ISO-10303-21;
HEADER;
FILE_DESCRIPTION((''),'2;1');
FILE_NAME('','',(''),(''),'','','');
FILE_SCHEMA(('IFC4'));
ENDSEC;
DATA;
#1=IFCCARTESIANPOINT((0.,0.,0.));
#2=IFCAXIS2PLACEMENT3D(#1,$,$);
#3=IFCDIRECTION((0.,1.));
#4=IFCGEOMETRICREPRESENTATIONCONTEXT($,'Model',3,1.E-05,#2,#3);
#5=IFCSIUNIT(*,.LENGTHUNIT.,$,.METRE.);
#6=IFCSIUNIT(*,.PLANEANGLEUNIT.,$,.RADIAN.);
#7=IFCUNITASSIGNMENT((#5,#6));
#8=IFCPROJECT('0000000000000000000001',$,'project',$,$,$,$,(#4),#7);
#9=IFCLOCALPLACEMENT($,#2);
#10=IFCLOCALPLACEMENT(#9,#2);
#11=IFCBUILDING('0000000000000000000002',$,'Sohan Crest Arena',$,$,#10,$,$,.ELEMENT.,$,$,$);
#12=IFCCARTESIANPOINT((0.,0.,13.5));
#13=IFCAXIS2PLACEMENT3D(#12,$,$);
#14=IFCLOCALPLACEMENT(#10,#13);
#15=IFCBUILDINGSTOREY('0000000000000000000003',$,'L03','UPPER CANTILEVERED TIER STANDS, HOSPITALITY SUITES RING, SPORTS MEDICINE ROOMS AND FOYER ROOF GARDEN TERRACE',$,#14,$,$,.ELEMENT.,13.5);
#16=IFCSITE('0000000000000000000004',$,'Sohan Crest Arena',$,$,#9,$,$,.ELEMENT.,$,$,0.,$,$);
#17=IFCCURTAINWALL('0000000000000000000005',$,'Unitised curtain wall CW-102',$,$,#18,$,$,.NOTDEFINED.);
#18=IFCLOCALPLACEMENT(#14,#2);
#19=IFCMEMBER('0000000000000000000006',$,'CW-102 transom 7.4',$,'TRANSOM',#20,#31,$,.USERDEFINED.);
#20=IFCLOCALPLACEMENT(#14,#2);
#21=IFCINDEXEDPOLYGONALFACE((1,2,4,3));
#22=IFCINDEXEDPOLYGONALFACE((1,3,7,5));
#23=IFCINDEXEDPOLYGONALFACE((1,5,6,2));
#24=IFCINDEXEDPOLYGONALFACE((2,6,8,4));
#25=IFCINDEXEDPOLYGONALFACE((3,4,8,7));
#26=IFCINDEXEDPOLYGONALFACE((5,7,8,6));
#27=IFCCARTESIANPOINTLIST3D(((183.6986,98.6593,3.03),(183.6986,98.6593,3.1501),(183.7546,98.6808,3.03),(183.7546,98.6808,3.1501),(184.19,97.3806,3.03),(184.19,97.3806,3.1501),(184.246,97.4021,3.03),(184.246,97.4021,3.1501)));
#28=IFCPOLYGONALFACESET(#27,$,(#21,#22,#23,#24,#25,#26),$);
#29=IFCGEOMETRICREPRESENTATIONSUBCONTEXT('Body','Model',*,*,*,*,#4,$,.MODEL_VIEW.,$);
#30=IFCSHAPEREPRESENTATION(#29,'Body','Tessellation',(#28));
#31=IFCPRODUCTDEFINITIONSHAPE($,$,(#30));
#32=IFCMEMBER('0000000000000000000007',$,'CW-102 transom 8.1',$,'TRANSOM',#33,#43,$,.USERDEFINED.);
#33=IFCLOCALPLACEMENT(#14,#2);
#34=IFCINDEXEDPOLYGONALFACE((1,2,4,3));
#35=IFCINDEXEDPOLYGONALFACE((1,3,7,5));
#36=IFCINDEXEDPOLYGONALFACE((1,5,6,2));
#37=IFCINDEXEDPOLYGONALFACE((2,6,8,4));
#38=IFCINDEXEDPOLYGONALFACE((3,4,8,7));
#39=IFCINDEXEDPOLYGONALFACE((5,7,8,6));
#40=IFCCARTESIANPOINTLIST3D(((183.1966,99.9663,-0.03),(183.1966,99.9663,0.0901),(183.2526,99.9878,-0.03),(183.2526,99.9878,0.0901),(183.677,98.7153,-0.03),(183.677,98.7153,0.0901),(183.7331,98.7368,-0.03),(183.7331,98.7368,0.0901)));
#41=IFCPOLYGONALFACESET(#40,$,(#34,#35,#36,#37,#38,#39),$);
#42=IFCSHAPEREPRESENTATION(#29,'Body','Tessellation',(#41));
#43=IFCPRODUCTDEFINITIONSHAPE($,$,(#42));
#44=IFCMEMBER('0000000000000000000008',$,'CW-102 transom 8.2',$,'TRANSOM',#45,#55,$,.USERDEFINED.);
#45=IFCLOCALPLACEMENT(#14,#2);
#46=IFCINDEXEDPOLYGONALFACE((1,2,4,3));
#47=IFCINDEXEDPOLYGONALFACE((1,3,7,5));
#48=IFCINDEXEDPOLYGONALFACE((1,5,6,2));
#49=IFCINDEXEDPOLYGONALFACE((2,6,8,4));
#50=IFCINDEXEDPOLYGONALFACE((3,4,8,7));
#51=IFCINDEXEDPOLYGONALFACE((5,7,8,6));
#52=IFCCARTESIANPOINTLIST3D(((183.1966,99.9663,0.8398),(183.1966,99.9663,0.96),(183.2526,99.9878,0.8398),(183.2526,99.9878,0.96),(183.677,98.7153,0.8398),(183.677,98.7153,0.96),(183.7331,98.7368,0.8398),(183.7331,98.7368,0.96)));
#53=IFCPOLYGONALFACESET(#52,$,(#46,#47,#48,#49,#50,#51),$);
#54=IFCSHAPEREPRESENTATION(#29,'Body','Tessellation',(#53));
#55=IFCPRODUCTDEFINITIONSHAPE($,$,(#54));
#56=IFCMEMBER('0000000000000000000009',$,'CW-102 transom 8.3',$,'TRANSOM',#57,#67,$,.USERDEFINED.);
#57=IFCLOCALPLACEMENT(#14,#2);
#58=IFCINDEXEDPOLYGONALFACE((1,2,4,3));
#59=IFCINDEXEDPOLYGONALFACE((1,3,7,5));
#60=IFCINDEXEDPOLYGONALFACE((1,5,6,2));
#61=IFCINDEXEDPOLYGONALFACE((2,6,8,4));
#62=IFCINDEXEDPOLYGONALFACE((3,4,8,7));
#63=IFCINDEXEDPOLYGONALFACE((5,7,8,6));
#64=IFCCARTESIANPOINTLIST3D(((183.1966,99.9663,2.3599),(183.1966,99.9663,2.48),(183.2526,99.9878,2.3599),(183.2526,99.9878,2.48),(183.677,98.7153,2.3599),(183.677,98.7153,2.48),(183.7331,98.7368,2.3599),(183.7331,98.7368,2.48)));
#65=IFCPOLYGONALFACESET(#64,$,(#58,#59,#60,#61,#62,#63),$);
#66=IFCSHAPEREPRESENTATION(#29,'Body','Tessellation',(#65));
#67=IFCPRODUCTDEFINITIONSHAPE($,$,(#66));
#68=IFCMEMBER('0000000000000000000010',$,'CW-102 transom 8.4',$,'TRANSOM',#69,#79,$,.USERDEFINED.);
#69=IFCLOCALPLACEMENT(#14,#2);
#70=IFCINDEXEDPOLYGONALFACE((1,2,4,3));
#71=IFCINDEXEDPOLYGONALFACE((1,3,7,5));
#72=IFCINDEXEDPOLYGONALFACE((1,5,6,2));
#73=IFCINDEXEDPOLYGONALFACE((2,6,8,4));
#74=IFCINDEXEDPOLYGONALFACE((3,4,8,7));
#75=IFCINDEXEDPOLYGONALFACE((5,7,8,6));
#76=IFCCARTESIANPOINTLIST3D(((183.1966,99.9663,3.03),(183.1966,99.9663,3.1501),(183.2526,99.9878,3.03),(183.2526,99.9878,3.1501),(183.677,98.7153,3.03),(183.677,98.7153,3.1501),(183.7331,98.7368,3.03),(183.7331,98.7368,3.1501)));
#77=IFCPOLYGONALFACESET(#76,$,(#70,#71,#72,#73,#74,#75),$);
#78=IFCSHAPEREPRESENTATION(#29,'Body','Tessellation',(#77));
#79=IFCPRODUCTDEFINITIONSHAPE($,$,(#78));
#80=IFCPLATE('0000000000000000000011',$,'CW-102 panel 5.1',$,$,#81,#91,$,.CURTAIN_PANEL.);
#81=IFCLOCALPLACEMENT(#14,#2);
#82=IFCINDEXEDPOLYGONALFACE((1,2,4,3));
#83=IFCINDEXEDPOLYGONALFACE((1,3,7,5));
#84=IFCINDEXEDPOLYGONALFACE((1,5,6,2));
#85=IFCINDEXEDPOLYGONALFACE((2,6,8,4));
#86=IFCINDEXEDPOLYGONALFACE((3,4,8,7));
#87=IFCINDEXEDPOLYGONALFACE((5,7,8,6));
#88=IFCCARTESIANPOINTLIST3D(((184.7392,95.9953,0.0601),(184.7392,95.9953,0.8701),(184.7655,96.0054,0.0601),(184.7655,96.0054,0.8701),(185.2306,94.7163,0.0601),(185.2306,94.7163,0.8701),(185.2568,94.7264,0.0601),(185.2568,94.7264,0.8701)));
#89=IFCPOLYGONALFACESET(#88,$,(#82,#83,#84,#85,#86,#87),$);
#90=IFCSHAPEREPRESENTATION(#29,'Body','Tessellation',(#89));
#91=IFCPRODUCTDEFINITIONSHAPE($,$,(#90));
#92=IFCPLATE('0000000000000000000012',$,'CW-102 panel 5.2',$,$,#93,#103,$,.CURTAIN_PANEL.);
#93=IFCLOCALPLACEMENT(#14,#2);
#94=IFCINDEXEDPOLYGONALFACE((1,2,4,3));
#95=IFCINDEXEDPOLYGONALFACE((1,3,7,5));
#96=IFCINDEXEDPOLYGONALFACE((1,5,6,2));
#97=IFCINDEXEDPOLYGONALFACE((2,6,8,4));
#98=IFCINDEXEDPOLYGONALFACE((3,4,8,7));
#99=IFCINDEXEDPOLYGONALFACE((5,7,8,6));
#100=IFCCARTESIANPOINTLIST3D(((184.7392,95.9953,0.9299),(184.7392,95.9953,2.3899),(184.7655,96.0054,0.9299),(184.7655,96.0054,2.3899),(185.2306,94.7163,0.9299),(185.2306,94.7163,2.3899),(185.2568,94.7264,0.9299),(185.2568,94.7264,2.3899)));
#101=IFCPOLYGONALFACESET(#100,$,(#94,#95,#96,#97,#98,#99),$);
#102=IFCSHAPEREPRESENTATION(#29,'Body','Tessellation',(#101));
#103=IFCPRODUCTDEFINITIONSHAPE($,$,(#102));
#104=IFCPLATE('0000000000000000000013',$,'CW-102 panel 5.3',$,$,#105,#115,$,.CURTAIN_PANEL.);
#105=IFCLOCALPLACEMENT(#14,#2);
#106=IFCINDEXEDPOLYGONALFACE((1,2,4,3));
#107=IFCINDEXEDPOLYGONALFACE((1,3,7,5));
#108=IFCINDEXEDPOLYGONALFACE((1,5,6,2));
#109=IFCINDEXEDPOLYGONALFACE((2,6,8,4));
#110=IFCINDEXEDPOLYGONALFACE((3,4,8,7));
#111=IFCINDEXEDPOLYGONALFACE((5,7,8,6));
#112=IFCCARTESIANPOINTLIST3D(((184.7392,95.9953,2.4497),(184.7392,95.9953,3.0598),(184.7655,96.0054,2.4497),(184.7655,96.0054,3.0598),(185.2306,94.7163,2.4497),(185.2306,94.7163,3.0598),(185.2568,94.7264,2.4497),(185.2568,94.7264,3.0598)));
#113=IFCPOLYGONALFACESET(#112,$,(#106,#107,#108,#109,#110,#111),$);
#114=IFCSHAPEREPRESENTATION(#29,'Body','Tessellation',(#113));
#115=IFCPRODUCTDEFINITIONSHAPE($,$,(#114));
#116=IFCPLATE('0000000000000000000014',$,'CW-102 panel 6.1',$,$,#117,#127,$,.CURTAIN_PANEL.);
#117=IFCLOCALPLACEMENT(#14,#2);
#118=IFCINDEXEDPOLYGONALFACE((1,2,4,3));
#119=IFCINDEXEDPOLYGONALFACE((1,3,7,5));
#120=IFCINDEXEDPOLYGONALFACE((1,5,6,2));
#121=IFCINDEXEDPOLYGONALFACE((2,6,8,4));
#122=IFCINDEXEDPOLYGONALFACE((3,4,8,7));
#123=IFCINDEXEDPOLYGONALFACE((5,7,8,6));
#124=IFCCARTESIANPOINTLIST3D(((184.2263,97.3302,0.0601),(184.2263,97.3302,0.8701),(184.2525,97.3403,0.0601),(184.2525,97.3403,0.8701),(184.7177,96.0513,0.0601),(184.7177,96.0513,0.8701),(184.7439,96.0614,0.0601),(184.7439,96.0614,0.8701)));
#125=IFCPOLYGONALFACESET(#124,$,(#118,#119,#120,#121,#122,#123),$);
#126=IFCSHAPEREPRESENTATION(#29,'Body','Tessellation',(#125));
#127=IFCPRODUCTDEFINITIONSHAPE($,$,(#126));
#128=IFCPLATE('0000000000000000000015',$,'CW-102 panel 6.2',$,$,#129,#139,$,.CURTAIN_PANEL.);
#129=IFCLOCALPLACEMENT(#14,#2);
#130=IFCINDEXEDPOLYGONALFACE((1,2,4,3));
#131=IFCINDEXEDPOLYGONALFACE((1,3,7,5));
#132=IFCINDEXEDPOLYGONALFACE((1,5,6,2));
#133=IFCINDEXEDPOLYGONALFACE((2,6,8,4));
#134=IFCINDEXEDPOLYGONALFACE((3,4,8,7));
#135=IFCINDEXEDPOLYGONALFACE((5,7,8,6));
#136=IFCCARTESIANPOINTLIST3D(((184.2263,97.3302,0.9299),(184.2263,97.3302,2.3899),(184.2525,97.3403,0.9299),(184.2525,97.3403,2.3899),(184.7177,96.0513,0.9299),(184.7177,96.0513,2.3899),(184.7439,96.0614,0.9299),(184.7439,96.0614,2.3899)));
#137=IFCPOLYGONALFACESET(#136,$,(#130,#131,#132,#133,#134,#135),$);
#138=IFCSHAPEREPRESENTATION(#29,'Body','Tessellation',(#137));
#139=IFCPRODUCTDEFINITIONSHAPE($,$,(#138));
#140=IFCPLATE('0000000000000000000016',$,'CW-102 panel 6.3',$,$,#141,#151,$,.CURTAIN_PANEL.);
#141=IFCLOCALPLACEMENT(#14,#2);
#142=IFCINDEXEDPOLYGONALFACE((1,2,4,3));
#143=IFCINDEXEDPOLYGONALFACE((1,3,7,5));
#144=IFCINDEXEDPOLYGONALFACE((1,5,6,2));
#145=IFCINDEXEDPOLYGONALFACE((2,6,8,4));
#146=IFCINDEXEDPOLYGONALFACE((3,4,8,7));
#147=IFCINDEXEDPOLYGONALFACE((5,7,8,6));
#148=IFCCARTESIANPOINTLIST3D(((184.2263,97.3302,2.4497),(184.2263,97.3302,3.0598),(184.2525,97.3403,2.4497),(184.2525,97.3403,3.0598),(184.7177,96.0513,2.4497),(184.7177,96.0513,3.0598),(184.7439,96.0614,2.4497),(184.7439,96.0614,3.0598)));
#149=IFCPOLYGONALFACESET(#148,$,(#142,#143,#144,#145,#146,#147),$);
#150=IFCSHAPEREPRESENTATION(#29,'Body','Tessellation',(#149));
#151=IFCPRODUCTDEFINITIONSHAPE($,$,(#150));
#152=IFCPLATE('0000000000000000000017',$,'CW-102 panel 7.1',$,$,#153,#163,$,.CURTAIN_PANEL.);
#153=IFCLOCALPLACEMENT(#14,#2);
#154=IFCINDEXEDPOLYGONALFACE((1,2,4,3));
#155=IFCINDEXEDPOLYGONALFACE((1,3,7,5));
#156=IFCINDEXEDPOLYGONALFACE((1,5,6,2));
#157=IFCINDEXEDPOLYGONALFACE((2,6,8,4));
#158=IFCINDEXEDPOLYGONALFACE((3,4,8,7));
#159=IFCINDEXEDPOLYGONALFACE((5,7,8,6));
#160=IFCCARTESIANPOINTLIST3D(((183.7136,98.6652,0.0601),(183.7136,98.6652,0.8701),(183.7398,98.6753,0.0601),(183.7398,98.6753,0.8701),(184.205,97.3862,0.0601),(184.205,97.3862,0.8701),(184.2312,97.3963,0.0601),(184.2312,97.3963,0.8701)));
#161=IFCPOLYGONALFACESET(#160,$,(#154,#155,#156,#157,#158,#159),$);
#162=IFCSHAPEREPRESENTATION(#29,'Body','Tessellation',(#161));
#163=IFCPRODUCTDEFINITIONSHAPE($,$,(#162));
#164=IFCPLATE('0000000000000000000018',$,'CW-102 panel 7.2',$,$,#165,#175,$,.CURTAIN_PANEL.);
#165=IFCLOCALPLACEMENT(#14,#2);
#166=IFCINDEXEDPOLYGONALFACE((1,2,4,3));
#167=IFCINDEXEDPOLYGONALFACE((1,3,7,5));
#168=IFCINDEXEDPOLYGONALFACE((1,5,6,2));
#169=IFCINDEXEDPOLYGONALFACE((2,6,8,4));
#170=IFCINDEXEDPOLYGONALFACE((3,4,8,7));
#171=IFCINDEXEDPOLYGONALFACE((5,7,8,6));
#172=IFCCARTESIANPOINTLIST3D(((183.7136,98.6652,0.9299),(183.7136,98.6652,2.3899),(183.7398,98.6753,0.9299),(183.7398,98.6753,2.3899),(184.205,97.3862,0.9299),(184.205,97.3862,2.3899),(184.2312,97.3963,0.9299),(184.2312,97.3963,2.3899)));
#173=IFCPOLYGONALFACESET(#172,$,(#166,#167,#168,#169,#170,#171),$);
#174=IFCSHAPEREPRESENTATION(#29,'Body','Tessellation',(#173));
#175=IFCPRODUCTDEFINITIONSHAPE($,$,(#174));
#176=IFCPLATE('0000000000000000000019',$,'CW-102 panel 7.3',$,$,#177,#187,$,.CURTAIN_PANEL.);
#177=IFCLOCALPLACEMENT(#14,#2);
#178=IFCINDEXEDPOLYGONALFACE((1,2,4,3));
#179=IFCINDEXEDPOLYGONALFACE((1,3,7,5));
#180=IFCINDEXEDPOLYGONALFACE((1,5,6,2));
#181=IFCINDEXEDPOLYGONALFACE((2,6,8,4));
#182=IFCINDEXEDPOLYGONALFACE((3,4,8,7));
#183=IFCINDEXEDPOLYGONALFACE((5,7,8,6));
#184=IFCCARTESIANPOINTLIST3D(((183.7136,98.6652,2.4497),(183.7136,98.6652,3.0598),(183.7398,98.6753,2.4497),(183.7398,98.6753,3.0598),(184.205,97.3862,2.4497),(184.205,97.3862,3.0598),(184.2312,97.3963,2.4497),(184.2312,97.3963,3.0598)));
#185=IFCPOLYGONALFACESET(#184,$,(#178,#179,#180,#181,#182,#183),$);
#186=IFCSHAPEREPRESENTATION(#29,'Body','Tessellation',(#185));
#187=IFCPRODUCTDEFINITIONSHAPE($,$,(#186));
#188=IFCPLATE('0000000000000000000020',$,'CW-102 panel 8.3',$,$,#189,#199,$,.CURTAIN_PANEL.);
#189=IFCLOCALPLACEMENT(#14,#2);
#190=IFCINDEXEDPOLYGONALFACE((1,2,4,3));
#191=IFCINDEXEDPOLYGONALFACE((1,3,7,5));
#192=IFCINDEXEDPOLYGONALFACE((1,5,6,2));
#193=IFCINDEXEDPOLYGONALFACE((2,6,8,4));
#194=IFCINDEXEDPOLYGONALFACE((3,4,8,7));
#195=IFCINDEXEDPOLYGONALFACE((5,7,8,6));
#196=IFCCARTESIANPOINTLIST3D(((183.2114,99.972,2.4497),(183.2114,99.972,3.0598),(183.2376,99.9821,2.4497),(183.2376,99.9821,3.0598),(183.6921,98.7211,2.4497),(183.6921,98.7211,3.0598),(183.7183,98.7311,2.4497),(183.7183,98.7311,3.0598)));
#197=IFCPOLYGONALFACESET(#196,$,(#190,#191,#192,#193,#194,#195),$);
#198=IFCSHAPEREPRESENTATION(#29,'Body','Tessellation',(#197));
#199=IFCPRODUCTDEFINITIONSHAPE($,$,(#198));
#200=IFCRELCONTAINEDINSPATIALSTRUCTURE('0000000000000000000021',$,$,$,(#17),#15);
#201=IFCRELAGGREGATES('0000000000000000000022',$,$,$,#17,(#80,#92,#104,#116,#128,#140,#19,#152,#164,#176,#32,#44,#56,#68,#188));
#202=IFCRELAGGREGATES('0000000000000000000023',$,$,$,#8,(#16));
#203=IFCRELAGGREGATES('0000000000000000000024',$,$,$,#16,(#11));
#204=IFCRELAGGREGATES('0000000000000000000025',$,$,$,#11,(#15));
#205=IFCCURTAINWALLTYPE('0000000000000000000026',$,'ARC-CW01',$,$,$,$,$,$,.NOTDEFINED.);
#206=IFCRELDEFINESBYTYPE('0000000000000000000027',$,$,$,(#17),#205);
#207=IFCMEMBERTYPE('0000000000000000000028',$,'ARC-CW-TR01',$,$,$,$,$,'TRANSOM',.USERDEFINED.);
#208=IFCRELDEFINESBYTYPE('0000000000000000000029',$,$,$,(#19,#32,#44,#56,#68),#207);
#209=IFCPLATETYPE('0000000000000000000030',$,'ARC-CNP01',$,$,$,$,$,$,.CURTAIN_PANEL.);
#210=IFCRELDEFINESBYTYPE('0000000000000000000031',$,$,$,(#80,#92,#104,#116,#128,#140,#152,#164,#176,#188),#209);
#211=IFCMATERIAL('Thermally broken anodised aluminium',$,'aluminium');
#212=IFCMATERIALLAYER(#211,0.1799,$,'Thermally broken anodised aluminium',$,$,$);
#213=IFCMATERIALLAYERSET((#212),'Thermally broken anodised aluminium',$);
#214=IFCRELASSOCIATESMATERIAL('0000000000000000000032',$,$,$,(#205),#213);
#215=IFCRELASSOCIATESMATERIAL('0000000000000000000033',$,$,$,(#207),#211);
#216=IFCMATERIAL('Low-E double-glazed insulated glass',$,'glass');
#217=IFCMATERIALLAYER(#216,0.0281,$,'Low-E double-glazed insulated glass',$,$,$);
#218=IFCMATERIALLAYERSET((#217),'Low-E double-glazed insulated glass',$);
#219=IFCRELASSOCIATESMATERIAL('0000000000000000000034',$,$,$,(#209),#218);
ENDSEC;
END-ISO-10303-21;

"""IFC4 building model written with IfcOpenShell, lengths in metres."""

from ifc_helpers import new_model, si_unit, direction, frame, origin, origin_2d, place, context, subcontext, project, spatial, rectangle, extrude, material, layer, layer_set, material_profile, profile_set, type_object, element, aggregate, save


model = new_model("IFC4")

# Units and contexts
model_context = context("Model", 3, precision=1e-05, world=origin(), true_north=direction((0.0, 1.0)))
body_context = subcontext(model_context, "Body", "Model", "MODEL_VIEW")
ifc_project = project(units=[si_unit("LENGTHUNIT", "METRE"), si_unit("PLANEANGLEUNIT", "RADIAN")], contexts=[model_context])

# Site, building, storey
site_placement = place(None, origin())
site = spatial("IfcSite", under=ifc_project, at=site_placement, Name="Sohan Crest Arena", CompositionType="ELEMENT", RefElevation=0.0)
building_placement = place(site_placement, origin())
building = spatial("IfcBuilding", under=site, at=building_placement, Name="Sohan Crest Arena", CompositionType="ELEMENT")
storey_placement = place(building_placement, frame((0.0, 0.0, 13.5)))
storey = spatial("IfcBuildingStorey", under=building, at=storey_placement, Name="L03", Description="UPPER CANTILEVERED TIER STANDS, HOSPITALITY SUITES RING, SPORTS MEDICINE ROOMS AND FOYER ROOF GARDEN TERRACE", CompositionType="ELEMENT", Elevation=13.5)

# Curtain wall, members, plates
ifc_material_1 = material(Name="Thermally broken anodised aluminium", Category="aluminium")
ifc_layer_1 = layer(ifc_material_1, 0.1799, Name="Thermally broken anodised aluminium")
ifc_layer_set_1 = layer_set([ifc_layer_1], Name="Thermally broken anodised aluminium")
curtain_wall_type = type_object("IfcCurtainWallType", Name="ARC-CW01", PredefinedType="NOTDEFINED", material=ifc_layer_set_1)
curtain_wall_placement = place(storey_placement, origin())
curtain_wall = element("IfcCurtainWall", 1, at=curtain_wall_placement, inside=storey, type_object=curtain_wall_type, Name="Unitised curtain wall CW-102", PredefinedType="NOTDEFINED")
ifc_material_profile_1 = material_profile(ifc_material_1, rectangle(XDim=0.0601, YDim=0.1201, at=origin_2d()), Name="ALU-TRAN 60x120")
ifc_profile_set_1 = profile_set([ifc_material_profile_1], Name="Thermally broken anodised aluminium")
member_type_1 = type_object("IfcMemberType", Name="ARC-CW-TR01", ElementType="TRANSOM", PredefinedType="USERDEFINED", material=ifc_profile_set_1)
member_1_placement = place(storey_placement, frame((184.218, 97.3914, 3.0901), z_axis=(-0.358728, 0.933442, 0.0), x_axis=(-0.933442, -0.358728, 0.0)))
member_1 = element("IfcMember", 2, at=member_1_placement, type_object=member_type_1, Name="CW-102 transom 7.4", ObjectType="TRANSOM", PredefinedType="USERDEFINED", context=body_context, shape_type="SweptSolid", body=[
    extrude(rectangle(XDim=0.0601, YDim=0.1201, at=origin_2d()), origin(), (0.0, 0.0, 1.0), 1.3699),
])
member_2_placement = place(storey_placement, frame((183.7051, 98.7261, 0.03), z_axis=(-0.35854, 0.933515, 0.0), x_axis=(-0.933515, -0.35854, 0.0)))
member_2 = element("IfcMember", 3, at=member_2_placement, type_object=member_type_1, Name="CW-102 transom 8.1", ObjectType="TRANSOM", PredefinedType="USERDEFINED", context=body_context, shape_type="SweptSolid", body=[
    extrude(rectangle(XDim=0.0601, YDim=0.1201, at=origin_2d()), origin(), (0.0, 0.0, 1.0), 1.3401),
])
member_3_placement = place(storey_placement, frame((183.7051, 98.7261, 0.8999), z_axis=(-0.35854, 0.933515, 0.0), x_axis=(-0.933515, -0.35854, 0.0)))
member_3 = element("IfcMember", 4, at=member_3_placement, type_object=member_type_1, Name="CW-102 transom 8.2", ObjectType="TRANSOM", PredefinedType="USERDEFINED", context=body_context, shape_type="SweptSolid", body=[
    extrude(rectangle(XDim=0.0601, YDim=0.1201, at=origin_2d()), origin(), (0.0, 0.0, 1.0), 1.3401),
])
member_4_placement = place(storey_placement, frame((183.7051, 98.7261, 2.4199), z_axis=(-0.35854, 0.933515, 0.0), x_axis=(-0.933515, -0.35854, 0.0)))
member_4 = element("IfcMember", 5, at=member_4_placement, type_object=member_type_1, Name="CW-102 transom 8.3", ObjectType="TRANSOM", PredefinedType="USERDEFINED", context=body_context, shape_type="SweptSolid", body=[
    extrude(rectangle(XDim=0.0601, YDim=0.1201, at=origin_2d()), origin(), (0.0, 0.0, 1.0), 1.3401),
])
member_5_placement = place(storey_placement, frame((183.7051, 98.7261, 3.0901), z_axis=(-0.35854, 0.933515, 0.0), x_axis=(-0.933515, -0.35854, 0.0)))
member_5 = element("IfcMember", 6, at=member_5_placement, type_object=member_type_1, Name="CW-102 transom 8.4", ObjectType="TRANSOM", PredefinedType="USERDEFINED", context=body_context, shape_type="SweptSolid", body=[
    extrude(rectangle(XDim=0.0601, YDim=0.1201, at=origin_2d()), origin(), (0.0, 0.0, 1.0), 1.3401),
])
ifc_material_2 = material(Name="Low-E double-glazed insulated glass", Category="glass")
ifc_layer_2 = layer(ifc_material_2, 0.0281, Name="Low-E double-glazed insulated glass")
ifc_layer_set_2 = layer_set([ifc_layer_2], Name="Low-E double-glazed insulated glass")
plate_type = type_object("IfcPlateType", Name="ARC-CNP01", PredefinedType="CURTAIN_PANEL", material=ifc_layer_set_2)
plate_1_placement = place(storey_placement, frame((184.998, 95.3608, 0.0601), z_axis=(0.0, 0.0, 1.0), x_axis=(-0.358651, 0.933472, 0.0)))
plate_1 = element("IfcPlate", 7, at=plate_1_placement, type_object=plate_type, Name="CW-102 panel 5.1", PredefinedType="CURTAIN_PANEL", context=body_context, shape_type="SweptSolid", body=[
    extrude(rectangle(XDim=1.3701, YDim=0.0281, at=origin_2d()), origin(), (0.0, 0.0, 1.0), 0.8101),
])
plate_2_placement = place(storey_placement, frame((184.998, 95.3608, 0.9299), z_axis=(0.0, 0.0, 1.0), x_axis=(-0.358651, 0.933472, 0.0)))
plate_2 = element("IfcPlate", 8, at=plate_2_placement, type_object=plate_type, Name="CW-102 panel 5.2", PredefinedType="CURTAIN_PANEL", context=body_context, shape_type="SweptSolid", body=[
    extrude(rectangle(XDim=1.3701, YDim=0.0281, at=origin_2d()), origin(), (0.0, 0.0, 1.0), 1.46),
])
plate_3_placement = place(storey_placement, frame((184.998, 95.3608, 2.4497), z_axis=(0.0, 0.0, 1.0), x_axis=(-0.358651, 0.933472, 0.0)))
plate_3 = element("IfcPlate", 9, at=plate_3_placement, type_object=plate_type, Name="CW-102 panel 5.3", PredefinedType="CURTAIN_PANEL", context=body_context, shape_type="SweptSolid", body=[
    extrude(rectangle(XDim=1.3701, YDim=0.0281, at=origin_2d()), origin(), (0.0, 0.0, 1.0), 0.6101),
])
plate_4_placement = place(storey_placement, frame((184.4851, 96.6958, 0.0601), z_axis=(0.0, 0.0, 1.0), x_axis=(-0.358651, 0.933472, 0.0)))
plate_4 = element("IfcPlate", 10, at=plate_4_placement, type_object=plate_type, Name="CW-102 panel 6.1", PredefinedType="CURTAIN_PANEL", context=body_context, shape_type="SweptSolid", body=[
    extrude(rectangle(XDim=1.3701, YDim=0.0281, at=origin_2d()), origin(), (0.0, 0.0, 1.0), 0.8101),
])
plate_5_placement = place(storey_placement, frame((184.4851, 96.6958, 0.9299), z_axis=(0.0, 0.0, 1.0), x_axis=(-0.358651, 0.933472, 0.0)))
plate_5 = element("IfcPlate", 11, at=plate_5_placement, type_object=plate_type, Name="CW-102 panel 6.2", PredefinedType="CURTAIN_PANEL", context=body_context, shape_type="SweptSolid", body=[
    extrude(rectangle(XDim=1.3701, YDim=0.0281, at=origin_2d()), origin(), (0.0, 0.0, 1.0), 1.46),
])
plate_6_placement = place(storey_placement, frame((184.4851, 96.6958, 2.4497), z_axis=(0.0, 0.0, 1.0), x_axis=(-0.358651, 0.933472, 0.0)))
plate_6 = element("IfcPlate", 12, at=plate_6_placement, type_object=plate_type, Name="CW-102 panel 6.3", PredefinedType="CURTAIN_PANEL", context=body_context, shape_type="SweptSolid", body=[
    extrude(rectangle(XDim=1.3701, YDim=0.0281, at=origin_2d()), origin(), (0.0, 0.0, 1.0), 0.6101),
])
plate_7_placement = place(storey_placement, frame((183.9724, 98.0308, 0.0601), z_axis=(0.0, 0.0, 1.0), x_axis=(-0.358651, 0.933472, 0.0)))
plate_7 = element("IfcPlate", 13, at=plate_7_placement, type_object=plate_type, Name="CW-102 panel 7.1", PredefinedType="CURTAIN_PANEL", context=body_context, shape_type="SweptSolid", body=[
    extrude(rectangle(XDim=1.3701, YDim=0.0281, at=origin_2d()), origin(), (0.0, 0.0, 1.0), 0.8101),
])
plate_8_placement = place(storey_placement, frame((183.9724, 98.0308, 0.9299), z_axis=(0.0, 0.0, 1.0), x_axis=(-0.358651, 0.933472, 0.0)))
plate_8 = element("IfcPlate", 14, at=plate_8_placement, type_object=plate_type, Name="CW-102 panel 7.2", PredefinedType="CURTAIN_PANEL", context=body_context, shape_type="SweptSolid", body=[
    extrude(rectangle(XDim=1.3701, YDim=0.0281, at=origin_2d()), origin(), (0.0, 0.0, 1.0), 1.46),
])
plate_9_placement = place(storey_placement, frame((183.9724, 98.0308, 2.4497), z_axis=(0.0, 0.0, 1.0), x_axis=(-0.358651, 0.933472, 0.0)))
plate_9 = element("IfcPlate", 15, at=plate_9_placement, type_object=plate_type, Name="CW-102 panel 7.3", PredefinedType="CURTAIN_PANEL", context=body_context, shape_type="SweptSolid", body=[
    extrude(rectangle(XDim=1.3701, YDim=0.0281, at=origin_2d()), origin(), (0.0, 0.0, 1.0), 0.6101),
])
plate_10_placement = place(storey_placement, frame((183.4648, 99.3516, 2.4497), z_axis=(0.0, 0.0, 1.0), x_axis=(-0.358651, 0.933472, 0.0)))
plate_10 = element("IfcPlate", 16, at=plate_10_placement, type_object=plate_type, Name="CW-102 panel 8.3", PredefinedType="CURTAIN_PANEL", context=body_context, shape_type="SweptSolid", body=[
    extrude(rectangle(XDim=1.3401, YDim=0.0281, at=origin_2d()), origin(), (0.0, 0.0, 1.0), 0.6101),
])
aggregate(curtain_wall, [plate_1, plate_2, plate_3, plate_4, plate_5, plate_6, member_1, plate_7, plate_8, plate_9, member_2, member_3, member_4, member_5, plate_10])

save(model, "model.ifc")
